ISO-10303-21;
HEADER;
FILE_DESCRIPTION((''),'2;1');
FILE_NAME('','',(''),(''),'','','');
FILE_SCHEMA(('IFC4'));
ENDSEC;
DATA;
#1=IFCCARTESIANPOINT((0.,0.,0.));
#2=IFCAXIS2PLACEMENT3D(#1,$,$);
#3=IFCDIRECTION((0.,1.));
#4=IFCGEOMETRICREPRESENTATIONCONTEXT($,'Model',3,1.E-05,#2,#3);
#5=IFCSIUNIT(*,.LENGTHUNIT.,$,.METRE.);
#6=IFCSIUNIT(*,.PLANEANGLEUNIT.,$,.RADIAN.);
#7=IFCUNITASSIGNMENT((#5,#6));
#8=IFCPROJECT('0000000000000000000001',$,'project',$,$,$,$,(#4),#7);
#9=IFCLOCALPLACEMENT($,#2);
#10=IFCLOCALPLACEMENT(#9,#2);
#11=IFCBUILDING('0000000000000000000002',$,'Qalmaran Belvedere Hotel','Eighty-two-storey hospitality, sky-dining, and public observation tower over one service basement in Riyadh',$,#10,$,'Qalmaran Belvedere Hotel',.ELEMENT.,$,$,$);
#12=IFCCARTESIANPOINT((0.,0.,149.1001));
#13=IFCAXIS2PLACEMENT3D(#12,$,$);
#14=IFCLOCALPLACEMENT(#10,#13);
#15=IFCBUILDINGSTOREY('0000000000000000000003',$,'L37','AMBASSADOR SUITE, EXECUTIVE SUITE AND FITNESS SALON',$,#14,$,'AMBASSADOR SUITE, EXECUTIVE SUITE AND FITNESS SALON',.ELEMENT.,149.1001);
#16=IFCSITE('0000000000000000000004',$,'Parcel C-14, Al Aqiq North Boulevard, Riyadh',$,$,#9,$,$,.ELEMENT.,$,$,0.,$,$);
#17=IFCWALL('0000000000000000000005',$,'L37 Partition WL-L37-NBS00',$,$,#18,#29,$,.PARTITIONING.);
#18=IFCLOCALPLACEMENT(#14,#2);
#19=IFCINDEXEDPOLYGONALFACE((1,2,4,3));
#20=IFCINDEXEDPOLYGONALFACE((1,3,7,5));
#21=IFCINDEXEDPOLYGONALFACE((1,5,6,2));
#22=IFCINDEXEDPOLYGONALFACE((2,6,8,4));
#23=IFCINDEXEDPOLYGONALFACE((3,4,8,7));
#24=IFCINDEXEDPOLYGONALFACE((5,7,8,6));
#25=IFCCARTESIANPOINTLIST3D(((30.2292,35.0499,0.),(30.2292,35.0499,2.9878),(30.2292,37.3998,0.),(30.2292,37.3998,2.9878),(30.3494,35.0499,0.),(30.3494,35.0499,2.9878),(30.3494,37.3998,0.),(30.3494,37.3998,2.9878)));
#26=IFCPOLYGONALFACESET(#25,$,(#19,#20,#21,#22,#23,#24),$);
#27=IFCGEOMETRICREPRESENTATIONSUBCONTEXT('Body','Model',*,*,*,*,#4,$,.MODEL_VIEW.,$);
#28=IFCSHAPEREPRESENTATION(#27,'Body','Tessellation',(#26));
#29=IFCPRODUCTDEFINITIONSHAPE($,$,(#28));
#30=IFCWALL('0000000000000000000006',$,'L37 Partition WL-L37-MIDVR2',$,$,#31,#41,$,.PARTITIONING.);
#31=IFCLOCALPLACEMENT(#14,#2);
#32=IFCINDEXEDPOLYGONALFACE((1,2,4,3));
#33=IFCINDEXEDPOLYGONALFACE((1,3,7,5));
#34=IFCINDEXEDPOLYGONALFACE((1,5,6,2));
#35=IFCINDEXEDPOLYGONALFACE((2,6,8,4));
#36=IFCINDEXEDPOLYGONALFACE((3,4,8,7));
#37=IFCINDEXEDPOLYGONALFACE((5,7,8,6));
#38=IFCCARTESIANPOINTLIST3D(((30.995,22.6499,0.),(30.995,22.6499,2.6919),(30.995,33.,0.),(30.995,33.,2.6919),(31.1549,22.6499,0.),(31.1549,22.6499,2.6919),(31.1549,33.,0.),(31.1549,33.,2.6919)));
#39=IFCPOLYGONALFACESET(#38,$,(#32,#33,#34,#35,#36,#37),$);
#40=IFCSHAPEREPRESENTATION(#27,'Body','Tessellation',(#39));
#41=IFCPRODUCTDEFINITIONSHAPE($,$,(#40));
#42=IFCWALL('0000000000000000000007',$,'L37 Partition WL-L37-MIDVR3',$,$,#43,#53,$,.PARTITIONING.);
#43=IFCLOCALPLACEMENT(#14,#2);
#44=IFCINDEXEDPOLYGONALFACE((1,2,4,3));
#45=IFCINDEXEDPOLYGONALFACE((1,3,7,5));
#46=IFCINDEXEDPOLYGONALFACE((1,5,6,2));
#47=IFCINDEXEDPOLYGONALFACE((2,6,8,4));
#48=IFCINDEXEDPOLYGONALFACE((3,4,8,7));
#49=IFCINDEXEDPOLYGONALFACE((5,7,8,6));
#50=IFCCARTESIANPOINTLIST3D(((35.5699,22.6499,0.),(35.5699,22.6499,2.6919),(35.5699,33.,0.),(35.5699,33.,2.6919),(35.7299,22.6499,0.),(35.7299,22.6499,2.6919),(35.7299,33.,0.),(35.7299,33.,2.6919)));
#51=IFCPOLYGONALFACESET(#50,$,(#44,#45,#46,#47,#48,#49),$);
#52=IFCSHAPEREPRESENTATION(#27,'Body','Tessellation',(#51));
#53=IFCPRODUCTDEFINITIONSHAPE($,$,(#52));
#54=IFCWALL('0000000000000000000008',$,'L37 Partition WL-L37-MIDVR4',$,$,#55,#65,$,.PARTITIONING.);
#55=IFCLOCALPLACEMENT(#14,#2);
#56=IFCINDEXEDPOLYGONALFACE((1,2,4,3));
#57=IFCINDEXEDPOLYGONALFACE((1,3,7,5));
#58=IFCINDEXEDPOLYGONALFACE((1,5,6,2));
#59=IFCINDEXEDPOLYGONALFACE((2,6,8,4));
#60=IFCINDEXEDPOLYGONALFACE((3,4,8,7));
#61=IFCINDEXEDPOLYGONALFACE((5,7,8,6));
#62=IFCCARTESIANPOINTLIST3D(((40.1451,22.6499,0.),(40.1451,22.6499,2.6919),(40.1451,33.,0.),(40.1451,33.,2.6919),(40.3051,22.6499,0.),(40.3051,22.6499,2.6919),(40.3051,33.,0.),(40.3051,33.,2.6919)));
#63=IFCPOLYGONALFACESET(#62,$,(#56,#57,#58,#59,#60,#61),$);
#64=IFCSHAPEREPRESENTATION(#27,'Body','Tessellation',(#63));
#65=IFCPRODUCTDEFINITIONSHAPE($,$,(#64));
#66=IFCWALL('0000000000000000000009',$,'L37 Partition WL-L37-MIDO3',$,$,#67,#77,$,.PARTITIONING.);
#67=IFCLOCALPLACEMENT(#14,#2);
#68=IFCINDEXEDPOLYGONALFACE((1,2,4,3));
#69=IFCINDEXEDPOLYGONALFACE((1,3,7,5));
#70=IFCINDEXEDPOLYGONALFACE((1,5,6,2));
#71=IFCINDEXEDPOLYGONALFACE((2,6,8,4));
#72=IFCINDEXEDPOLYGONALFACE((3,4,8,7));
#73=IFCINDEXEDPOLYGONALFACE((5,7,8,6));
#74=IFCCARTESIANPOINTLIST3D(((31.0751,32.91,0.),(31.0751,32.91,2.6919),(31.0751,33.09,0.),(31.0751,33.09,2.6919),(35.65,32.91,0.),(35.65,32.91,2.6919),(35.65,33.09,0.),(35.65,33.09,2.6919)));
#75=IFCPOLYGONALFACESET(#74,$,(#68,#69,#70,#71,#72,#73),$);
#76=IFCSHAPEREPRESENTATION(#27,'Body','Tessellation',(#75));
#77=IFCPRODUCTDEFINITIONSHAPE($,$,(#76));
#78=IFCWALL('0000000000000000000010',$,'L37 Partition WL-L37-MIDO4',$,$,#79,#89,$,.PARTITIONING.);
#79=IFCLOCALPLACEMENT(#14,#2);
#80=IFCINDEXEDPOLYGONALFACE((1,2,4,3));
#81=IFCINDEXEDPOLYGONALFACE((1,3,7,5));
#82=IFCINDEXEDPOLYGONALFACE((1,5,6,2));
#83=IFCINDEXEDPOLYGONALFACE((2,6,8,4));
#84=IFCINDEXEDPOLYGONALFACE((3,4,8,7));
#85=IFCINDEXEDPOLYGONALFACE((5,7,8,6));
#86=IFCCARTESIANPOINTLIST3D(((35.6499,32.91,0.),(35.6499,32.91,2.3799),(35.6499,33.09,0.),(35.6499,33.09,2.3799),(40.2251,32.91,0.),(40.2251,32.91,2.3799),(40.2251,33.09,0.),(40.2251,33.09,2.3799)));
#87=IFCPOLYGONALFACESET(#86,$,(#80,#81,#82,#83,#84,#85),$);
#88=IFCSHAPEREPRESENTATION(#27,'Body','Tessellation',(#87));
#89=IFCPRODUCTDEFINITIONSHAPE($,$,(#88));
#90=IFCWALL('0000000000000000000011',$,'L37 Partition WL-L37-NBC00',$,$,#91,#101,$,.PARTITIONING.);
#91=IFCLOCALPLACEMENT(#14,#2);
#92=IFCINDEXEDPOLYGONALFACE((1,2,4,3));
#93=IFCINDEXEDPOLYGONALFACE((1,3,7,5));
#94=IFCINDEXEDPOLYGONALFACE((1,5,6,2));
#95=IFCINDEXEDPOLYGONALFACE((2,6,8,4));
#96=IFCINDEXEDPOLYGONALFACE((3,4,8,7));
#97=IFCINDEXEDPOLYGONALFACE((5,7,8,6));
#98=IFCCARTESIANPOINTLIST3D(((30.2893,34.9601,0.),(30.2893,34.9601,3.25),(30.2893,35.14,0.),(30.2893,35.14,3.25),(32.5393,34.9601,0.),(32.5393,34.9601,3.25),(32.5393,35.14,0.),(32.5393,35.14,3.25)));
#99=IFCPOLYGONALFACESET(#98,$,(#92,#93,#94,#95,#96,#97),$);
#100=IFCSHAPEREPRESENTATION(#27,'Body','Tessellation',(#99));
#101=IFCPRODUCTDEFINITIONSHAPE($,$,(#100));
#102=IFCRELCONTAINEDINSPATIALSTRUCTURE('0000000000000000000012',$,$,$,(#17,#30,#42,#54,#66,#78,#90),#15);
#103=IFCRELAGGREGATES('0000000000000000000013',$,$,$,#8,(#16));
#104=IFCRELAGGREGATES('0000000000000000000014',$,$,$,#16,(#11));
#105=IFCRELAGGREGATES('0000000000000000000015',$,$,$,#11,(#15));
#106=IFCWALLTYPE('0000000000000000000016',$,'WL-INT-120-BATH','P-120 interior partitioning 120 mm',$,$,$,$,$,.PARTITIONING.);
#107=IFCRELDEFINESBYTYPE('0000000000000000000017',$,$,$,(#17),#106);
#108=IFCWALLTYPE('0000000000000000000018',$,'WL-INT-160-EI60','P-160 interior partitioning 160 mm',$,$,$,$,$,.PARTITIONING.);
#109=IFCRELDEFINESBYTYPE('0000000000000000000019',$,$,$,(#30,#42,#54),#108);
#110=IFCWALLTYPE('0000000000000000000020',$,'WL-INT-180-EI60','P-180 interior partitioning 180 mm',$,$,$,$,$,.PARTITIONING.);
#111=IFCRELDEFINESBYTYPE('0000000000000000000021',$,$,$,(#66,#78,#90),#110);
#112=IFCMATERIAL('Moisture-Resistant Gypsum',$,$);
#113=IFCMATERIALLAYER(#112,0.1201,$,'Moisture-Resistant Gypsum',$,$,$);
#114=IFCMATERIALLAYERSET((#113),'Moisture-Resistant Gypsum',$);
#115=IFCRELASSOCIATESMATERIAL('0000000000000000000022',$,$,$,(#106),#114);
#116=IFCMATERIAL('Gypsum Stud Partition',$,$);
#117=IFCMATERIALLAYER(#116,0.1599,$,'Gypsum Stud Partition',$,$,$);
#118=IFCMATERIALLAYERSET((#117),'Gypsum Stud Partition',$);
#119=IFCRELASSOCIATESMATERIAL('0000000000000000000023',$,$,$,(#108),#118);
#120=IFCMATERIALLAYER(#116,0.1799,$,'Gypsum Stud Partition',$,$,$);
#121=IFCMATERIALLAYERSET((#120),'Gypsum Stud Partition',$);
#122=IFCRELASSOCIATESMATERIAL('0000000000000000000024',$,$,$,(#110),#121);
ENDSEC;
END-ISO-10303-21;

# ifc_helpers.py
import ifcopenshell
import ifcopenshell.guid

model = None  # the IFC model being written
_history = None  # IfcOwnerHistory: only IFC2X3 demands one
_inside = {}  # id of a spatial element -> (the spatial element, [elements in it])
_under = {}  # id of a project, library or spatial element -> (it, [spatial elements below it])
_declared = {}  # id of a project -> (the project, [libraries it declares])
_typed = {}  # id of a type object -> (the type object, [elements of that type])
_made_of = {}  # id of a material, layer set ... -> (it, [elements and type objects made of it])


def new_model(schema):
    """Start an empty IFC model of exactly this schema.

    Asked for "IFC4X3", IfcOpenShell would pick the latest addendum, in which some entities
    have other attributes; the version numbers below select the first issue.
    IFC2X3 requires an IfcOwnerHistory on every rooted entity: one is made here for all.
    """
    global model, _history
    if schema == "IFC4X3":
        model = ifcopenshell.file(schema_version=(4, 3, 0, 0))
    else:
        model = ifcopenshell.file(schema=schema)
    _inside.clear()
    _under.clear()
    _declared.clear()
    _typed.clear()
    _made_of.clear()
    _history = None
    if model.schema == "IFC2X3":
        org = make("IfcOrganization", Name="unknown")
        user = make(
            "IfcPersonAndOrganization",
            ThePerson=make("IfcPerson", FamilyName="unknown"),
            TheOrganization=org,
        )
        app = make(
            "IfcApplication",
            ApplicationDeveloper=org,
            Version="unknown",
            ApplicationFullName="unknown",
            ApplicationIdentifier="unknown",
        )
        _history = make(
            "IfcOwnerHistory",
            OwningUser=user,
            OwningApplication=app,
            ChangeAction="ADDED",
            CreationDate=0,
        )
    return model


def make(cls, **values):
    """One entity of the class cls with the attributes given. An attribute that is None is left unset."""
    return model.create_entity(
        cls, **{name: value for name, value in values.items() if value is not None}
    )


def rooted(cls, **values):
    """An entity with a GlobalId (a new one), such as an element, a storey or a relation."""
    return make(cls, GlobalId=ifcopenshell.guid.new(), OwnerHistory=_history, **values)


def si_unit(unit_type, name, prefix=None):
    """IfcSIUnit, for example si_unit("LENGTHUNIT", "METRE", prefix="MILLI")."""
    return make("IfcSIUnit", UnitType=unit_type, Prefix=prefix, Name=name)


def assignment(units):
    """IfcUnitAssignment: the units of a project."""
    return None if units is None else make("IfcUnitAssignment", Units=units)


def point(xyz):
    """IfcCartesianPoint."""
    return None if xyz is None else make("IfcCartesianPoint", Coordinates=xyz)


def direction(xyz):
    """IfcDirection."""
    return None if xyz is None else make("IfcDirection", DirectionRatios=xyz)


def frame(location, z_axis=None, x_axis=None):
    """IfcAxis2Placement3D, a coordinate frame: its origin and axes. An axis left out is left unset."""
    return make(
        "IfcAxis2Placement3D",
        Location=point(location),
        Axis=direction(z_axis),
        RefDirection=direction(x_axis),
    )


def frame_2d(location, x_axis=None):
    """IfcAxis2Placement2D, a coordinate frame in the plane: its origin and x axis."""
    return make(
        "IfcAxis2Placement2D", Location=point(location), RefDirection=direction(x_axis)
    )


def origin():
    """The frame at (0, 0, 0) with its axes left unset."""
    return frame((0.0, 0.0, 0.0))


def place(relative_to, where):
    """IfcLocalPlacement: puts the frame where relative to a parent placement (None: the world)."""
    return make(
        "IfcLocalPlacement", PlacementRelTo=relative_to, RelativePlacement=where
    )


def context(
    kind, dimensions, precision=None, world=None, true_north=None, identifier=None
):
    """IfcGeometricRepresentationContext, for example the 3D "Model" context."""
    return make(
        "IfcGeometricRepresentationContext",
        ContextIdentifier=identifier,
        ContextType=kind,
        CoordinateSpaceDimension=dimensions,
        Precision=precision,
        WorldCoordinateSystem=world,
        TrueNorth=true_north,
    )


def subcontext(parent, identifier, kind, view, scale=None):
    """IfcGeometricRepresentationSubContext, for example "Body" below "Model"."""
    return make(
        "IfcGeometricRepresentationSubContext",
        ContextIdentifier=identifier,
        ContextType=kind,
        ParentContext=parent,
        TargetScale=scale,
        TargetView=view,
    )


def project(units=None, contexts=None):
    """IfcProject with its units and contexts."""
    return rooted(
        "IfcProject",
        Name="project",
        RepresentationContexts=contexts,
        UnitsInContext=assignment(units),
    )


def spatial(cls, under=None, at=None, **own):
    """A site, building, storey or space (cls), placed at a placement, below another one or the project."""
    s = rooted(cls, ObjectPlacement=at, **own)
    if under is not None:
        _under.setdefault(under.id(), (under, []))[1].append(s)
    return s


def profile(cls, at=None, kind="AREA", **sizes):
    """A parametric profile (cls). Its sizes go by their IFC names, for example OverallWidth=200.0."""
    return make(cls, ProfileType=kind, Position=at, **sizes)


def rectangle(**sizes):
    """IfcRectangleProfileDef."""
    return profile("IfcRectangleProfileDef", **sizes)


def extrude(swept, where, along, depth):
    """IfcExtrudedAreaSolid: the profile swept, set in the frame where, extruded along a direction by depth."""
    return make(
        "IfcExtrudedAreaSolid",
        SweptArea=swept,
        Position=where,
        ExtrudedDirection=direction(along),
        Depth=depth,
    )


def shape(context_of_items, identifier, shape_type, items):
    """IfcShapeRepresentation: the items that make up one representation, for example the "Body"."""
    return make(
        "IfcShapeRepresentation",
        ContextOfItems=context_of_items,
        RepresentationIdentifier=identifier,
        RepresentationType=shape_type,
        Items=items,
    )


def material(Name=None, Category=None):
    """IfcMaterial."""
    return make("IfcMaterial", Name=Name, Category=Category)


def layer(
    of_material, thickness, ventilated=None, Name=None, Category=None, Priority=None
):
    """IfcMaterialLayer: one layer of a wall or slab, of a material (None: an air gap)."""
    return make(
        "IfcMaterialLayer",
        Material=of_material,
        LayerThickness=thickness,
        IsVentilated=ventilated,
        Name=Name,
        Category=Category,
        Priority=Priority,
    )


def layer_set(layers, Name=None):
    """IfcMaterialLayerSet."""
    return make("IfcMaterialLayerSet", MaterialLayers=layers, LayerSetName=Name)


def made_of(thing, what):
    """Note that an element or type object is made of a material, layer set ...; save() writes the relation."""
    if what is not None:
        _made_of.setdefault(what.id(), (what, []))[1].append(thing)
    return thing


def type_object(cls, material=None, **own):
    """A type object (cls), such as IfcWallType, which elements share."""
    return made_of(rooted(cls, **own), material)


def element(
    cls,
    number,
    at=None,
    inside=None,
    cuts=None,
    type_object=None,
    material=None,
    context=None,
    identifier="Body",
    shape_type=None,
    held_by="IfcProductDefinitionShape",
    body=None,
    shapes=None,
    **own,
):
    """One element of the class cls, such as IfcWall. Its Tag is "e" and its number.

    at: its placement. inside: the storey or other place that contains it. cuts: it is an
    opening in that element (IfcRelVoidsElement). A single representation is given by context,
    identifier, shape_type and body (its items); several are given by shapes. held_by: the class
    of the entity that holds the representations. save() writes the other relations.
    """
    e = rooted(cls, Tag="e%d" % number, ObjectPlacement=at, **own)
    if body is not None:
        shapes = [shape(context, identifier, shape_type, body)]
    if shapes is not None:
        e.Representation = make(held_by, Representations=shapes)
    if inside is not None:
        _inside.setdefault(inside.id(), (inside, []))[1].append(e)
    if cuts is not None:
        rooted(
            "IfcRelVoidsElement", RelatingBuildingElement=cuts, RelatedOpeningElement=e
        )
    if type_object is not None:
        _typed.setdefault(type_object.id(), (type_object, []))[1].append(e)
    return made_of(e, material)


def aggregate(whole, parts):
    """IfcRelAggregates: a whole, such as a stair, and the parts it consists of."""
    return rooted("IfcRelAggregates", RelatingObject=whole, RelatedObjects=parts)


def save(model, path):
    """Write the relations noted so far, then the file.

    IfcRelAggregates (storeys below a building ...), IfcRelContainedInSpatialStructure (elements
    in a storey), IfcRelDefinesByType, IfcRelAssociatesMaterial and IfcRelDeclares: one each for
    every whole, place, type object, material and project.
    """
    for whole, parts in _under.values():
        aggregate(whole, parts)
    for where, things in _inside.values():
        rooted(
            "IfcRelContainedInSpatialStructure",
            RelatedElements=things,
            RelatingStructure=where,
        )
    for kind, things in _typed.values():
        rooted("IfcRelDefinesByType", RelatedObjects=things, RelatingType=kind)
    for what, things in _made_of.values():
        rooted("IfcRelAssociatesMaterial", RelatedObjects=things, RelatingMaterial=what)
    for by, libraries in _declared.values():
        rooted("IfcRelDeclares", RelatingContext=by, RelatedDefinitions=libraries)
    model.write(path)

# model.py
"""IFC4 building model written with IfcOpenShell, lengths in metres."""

from ifc_helpers import new_model, si_unit, direction, frame, frame_2d, origin, place, context, subcontext, project, spatial, rectangle, extrude, material, layer, layer_set, type_object, element, save


model = new_model("IFC4")

# Units and contexts
model_context = context("Model", 3, precision=1e-05, world=origin(), true_north=direction((0.0, 1.0)))
body_context = subcontext(model_context, "Body", "Model", "MODEL_VIEW")
ifc_project = project(units=[si_unit("LENGTHUNIT", "METRE"), si_unit("PLANEANGLEUNIT", "RADIAN")], contexts=[model_context])

# Site, building, storey
site_placement = place(None, origin())
site = spatial("IfcSite", under=ifc_project, at=site_placement, Name="Parcel C-14, Al Aqiq North Boulevard, Riyadh", CompositionType="ELEMENT", RefElevation=0.0)
building_placement = place(site_placement, origin())
building = spatial("IfcBuilding", under=site, at=building_placement, Name="Qalmaran Belvedere Hotel", Description="Eighty-two-storey hospitality, sky-dining, and public observation tower over one service basement in Riyadh", LongName="Qalmaran Belvedere Hotel", CompositionType="ELEMENT")
storey_placement = place(building_placement, frame((0.0, 0.0, 149.1001)))
storey = spatial("IfcBuildingStorey", under=building, at=storey_placement, Name="L37", Description="AMBASSADOR SUITE, EXECUTIVE SUITE AND FITNESS SALON", LongName="AMBASSADOR SUITE, EXECUTIVE SUITE AND FITNESS SALON", CompositionType="ELEMENT", Elevation=149.1001)

# Walls
ifc_material_1 = material(Name="Moisture-Resistant Gypsum")
ifc_layer_1 = layer(ifc_material_1, 0.1201, Name="Moisture-Resistant Gypsum")
ifc_layer_set_1 = layer_set([ifc_layer_1], Name="Moisture-Resistant Gypsum")
wall_type_1 = type_object("IfcWallType", Name="WL-INT-120-BATH", Description="P-120 interior partitioning 120 mm", PredefinedType="PARTITIONING", material=ifc_layer_set_1)
wall_1_placement = place(storey_placement, frame((30.2893, 35.05, 0.0), z_axis=(0.0, 0.0, 1.0), x_axis=(0.0, 1.0, 0.0)))
element("IfcWall", 1, at=wall_1_placement, inside=storey, type_object=wall_type_1, Name="L37 Partition WL-L37-NBS00", PredefinedType="PARTITIONING", context=body_context, shape_type="SweptSolid", body=[
    extrude(rectangle(XDim=2.3499, YDim=0.1201, at=frame_2d((1.1748, 0.0))), origin(), (0.0, 0.0, 1.0), 2.9878),
])
ifc_material_2 = material(Name="Gypsum Stud Partition")
ifc_layer_2 = layer(ifc_material_2, 0.1599, Name="Gypsum Stud Partition")
ifc_layer_set_2 = layer_set([ifc_layer_2], Name="Gypsum Stud Partition")
wall_type_2 = type_object("IfcWallType", Name="WL-INT-160-EI60", Description="P-160 interior partitioning 160 mm", PredefinedType="PARTITIONING", material=ifc_layer_set_2)
for number, where, z_axis, x_axis, name in (
    (2, (31.075, 22.6499, 0.0), (0.0, 0.0, 1.0), (0.0, 1.0, 0.0), "L37 Partition WL-L37-MIDVR2"),
    (3, (35.6499, 22.6499, 0.0), (0.0, 0.0, 1.0), (0.0, 1.0, 0.0), "L37 Partition WL-L37-MIDVR3"),
    (4, (40.2251, 22.6499, 0.0), (0.0, 0.0, 1.0), (0.0, 1.0, 0.0), "L37 Partition WL-L37-MIDVR4"),
):
    element("IfcWall", number, at=place(storey_placement, frame(where, z_axis=z_axis, x_axis=x_axis)), inside=storey, type_object=wall_type_2, Name=name, PredefinedType="PARTITIONING", context=body_context, shape_type="SweptSolid", body=[
        extrude(rectangle(XDim=10.3501, YDim=0.1599, at=frame_2d((5.175, 0.0))), origin(), (0.0, 0.0, 1.0), 2.6919),
    ])

# Shared definitions
ifc_layer_3 = layer(ifc_material_2, 0.1799, Name="Gypsum Stud Partition")
ifc_layer_set_3 = layer_set([ifc_layer_3], Name="Gypsum Stud Partition")
wall_type_3 = type_object("IfcWallType", Name="WL-INT-180-EI60", Description="P-180 interior partitioning 180 mm", PredefinedType="PARTITIONING", material=ifc_layer_set_3)

# Wall
wall_2_placement = place(storey_placement, frame((31.075, 33.0, 0.0), z_axis=(0.0, 0.0, 1.0), x_axis=(1.0, 0.0, 0.0)))
element("IfcWall", 5, at=wall_2_placement, inside=storey, type_object=wall_type_3, Name="L37 Partition WL-L37-MIDO3", PredefinedType="PARTITIONING", context=body_context, shape_type="SweptSolid", body=[
    extrude(rectangle(XDim=4.575, YDim=0.1799, at=frame_2d((2.2876, 0.0))), origin(), (0.0, 0.0, 1.0), 2.6919),
])

# Wall
wall_3_placement = place(storey_placement, frame((35.6499, 33.0, 0.0), z_axis=(0.0, 0.0, 1.0), x_axis=(1.0, 0.0, 0.0)))
element("IfcWall", 6, at=wall_3_placement, inside=storey, type_object=wall_type_3, Name="L37 Partition WL-L37-MIDO4", PredefinedType="PARTITIONING", context=body_context, shape_type="SweptSolid", body=[
    extrude(rectangle(XDim=4.5752, YDim=0.1799, at=frame_2d((2.2876, 0.0))), origin(), (0.0, 0.0, 1.0), 2.3799),
])

# Wall
wall_4_placement = place(storey_placement, frame((30.2893, 35.05, 0.0), z_axis=(0.0, 0.0, 1.0), x_axis=(1.0, 0.0, 0.0)))
element("IfcWall", 7, at=wall_4_placement, inside=storey, type_object=wall_type_3, Name="L37 Partition WL-L37-NBC00", PredefinedType="PARTITIONING", context=body_context, shape_type="SweptSolid", body=[
    extrude(rectangle(XDim=2.25, YDim=0.1799, at=frame_2d((1.125, 0.0))), origin(), (0.0, 0.0, 1.0), 3.25),
])

save(model, "model.ifc")
